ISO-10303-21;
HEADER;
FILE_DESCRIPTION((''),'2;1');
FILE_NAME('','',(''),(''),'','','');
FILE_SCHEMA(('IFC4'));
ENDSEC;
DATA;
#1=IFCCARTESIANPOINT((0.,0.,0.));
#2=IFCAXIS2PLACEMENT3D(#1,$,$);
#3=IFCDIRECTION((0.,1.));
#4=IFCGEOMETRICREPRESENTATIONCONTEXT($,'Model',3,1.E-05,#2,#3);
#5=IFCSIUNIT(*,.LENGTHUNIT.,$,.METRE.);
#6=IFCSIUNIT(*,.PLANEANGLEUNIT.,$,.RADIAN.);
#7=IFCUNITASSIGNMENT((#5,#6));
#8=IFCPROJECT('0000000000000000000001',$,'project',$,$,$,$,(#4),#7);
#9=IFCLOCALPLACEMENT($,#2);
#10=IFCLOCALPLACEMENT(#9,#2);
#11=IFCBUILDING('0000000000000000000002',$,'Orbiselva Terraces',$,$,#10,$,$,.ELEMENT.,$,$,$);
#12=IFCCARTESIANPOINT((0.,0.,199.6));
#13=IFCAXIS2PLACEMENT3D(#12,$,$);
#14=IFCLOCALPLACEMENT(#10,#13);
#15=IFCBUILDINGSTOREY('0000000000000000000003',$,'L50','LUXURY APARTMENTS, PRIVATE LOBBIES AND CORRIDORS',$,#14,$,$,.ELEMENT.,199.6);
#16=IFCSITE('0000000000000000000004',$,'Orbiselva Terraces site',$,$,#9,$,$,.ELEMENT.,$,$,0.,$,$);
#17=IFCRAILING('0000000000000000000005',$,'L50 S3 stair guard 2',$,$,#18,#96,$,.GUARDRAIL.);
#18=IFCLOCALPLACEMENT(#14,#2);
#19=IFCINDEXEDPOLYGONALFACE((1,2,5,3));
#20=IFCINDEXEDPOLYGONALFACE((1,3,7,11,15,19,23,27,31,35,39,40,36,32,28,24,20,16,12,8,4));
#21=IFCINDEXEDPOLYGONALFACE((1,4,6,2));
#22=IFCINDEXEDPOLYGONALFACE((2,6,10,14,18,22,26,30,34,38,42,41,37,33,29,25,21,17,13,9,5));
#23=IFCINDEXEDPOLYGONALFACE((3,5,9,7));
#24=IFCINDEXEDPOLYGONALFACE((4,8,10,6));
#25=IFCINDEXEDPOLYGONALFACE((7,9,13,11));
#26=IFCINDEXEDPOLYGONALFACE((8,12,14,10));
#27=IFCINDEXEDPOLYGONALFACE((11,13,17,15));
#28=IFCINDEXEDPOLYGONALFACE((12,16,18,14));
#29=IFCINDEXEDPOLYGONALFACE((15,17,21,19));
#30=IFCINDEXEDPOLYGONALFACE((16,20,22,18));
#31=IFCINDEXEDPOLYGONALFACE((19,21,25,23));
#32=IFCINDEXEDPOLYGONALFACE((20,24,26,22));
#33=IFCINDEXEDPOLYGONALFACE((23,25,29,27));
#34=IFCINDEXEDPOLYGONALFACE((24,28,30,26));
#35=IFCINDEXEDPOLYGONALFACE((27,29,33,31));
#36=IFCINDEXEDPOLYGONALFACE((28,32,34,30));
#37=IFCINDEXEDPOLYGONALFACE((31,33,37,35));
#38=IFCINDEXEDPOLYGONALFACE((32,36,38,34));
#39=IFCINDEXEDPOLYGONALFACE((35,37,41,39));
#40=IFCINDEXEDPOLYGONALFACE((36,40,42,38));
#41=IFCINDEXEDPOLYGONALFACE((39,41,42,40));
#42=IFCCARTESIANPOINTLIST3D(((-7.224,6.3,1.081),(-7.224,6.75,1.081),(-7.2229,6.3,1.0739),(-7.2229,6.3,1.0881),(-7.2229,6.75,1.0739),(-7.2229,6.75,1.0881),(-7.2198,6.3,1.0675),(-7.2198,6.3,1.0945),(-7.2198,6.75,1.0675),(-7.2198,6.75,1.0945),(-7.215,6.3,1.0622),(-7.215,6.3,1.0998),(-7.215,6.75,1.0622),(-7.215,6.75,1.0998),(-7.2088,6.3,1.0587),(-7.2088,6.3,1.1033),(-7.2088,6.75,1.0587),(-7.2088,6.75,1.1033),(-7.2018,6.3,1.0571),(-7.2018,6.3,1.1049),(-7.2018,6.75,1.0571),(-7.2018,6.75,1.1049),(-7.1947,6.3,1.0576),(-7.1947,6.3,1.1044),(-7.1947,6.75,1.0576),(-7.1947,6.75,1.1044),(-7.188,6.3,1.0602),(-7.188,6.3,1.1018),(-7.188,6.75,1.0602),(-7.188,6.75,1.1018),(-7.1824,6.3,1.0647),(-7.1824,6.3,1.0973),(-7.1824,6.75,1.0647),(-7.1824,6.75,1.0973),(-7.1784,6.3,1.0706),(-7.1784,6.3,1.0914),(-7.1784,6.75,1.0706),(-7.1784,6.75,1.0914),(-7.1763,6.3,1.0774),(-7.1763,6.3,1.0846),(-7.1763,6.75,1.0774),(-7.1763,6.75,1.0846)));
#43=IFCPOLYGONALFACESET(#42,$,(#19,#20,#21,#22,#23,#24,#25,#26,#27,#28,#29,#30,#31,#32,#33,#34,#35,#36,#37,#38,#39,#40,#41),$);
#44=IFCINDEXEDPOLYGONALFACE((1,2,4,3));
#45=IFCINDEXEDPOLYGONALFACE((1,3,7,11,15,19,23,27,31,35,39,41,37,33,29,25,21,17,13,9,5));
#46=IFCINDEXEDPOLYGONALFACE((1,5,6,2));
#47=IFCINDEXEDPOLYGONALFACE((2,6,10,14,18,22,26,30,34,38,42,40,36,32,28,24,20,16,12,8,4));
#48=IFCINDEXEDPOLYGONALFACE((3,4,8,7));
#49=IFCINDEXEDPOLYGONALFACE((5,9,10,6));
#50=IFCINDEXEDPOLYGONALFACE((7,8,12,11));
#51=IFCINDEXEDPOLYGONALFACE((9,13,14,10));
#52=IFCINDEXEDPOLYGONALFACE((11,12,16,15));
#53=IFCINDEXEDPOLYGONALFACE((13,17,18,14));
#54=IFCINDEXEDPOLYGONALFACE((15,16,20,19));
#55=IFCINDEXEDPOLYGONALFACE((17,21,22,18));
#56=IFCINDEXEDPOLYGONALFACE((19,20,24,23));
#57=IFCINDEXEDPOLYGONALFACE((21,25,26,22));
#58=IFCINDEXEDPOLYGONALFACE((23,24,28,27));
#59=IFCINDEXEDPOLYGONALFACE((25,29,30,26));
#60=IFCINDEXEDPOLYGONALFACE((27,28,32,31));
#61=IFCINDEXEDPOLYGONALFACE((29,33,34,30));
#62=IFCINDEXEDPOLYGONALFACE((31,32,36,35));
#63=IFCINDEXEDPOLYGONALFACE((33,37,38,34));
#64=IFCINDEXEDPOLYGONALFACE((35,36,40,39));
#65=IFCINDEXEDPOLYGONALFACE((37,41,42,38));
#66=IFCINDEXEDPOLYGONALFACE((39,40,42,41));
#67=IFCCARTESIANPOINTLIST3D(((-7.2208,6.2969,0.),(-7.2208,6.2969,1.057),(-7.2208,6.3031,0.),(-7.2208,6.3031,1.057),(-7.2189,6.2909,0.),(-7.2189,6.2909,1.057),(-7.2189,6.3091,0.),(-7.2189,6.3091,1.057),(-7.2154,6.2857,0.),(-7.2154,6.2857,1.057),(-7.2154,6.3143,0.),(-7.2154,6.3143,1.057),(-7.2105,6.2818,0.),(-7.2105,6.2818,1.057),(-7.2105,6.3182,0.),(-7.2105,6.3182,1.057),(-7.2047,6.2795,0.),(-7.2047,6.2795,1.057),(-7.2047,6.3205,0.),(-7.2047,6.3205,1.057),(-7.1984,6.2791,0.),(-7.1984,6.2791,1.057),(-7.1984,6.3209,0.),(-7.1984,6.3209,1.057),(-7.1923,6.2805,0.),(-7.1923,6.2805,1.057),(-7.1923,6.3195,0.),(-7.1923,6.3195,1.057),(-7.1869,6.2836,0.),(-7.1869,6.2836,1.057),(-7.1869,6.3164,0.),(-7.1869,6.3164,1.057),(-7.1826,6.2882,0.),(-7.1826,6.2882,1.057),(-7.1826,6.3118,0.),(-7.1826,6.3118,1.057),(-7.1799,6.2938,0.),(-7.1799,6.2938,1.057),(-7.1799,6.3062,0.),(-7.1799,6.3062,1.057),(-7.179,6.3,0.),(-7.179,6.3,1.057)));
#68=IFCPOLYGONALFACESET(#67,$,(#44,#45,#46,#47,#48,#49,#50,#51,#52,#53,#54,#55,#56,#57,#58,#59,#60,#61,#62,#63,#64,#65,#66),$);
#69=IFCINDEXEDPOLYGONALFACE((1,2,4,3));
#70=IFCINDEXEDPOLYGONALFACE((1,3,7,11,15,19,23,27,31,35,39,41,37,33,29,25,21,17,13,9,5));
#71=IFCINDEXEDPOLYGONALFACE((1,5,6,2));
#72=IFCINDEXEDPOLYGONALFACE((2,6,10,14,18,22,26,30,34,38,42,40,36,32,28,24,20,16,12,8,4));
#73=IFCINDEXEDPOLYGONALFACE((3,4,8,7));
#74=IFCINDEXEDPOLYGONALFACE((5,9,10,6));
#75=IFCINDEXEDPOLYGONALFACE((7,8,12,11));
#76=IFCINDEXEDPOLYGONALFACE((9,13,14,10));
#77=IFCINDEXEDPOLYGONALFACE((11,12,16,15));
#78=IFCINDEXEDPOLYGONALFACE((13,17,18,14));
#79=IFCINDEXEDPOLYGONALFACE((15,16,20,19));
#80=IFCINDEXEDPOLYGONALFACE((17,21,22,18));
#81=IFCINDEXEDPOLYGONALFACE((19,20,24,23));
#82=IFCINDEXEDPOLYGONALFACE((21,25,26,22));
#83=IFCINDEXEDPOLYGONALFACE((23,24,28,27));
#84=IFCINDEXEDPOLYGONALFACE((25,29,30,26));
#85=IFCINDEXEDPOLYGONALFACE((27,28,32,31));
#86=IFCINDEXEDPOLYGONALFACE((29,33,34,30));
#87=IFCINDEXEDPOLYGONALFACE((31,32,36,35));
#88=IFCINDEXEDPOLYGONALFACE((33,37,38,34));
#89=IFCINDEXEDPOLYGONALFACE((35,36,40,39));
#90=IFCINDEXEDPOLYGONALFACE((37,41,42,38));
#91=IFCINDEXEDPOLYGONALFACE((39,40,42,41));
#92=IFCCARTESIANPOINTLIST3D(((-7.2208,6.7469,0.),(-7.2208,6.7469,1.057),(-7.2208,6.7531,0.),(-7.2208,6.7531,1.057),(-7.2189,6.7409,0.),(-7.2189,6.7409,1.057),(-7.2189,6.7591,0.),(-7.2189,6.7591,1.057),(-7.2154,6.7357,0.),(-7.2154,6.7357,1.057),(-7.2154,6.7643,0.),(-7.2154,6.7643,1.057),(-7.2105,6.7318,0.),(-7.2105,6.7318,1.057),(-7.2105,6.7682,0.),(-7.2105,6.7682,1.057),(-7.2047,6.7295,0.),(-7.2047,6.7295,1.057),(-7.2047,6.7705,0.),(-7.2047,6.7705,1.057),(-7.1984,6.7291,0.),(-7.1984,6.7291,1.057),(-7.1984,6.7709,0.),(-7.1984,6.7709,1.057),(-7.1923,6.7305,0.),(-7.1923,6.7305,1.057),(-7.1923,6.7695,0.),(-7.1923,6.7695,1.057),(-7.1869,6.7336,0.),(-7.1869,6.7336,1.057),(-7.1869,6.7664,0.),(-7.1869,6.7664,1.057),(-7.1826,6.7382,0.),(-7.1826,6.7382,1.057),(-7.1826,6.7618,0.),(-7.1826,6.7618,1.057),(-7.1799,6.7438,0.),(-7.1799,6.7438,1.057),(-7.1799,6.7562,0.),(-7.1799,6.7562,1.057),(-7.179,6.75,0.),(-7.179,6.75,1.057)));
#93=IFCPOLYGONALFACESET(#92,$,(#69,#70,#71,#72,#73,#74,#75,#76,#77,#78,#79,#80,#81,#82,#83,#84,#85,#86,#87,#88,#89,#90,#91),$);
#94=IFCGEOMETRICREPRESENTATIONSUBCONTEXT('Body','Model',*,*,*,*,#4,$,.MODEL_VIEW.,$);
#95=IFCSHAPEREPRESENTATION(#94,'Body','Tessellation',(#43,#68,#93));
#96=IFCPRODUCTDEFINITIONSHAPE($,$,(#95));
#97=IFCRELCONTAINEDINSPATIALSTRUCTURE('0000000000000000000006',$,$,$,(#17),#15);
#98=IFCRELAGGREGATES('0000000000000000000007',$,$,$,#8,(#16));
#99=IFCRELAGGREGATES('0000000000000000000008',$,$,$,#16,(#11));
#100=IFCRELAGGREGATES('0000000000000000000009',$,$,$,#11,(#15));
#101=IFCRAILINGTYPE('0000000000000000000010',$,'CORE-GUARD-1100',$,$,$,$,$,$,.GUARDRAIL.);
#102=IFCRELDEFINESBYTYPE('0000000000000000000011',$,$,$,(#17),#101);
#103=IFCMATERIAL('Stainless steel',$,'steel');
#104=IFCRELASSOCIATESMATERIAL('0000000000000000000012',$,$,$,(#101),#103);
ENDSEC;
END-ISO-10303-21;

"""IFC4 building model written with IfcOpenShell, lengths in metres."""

from ifc_helpers import new_model, si_unit, direction, frame, origin, origin_2d, place, context, subcontext, project, spatial, circle, extrude, material, type_object, element, save


model = new_model("IFC4")

# Units and contexts
model_context = context("Model", 3, precision=1e-05, world=origin(), true_north=direction((0.0, 1.0)))
body_context = subcontext(model_context, "Body", "Model", "MODEL_VIEW")
ifc_project = project(units=[si_unit("LENGTHUNIT", "METRE"), si_unit("PLANEANGLEUNIT", "RADIAN")], contexts=[model_context])

# Site, building, storey
site_placement = place(None, origin())
site = spatial("IfcSite", under=ifc_project, at=site_placement, Name="Orbiselva Terraces site", CompositionType="ELEMENT", RefElevation=0.0)
building_placement = place(site_placement, origin())
building = spatial("IfcBuilding", under=site, at=building_placement, Name="Orbiselva Terraces", CompositionType="ELEMENT")
storey_placement = place(building_placement, frame((0.0, 0.0, 199.6)))
storey = spatial("IfcBuildingStorey", under=building, at=storey_placement, Name="L50", Description="LUXURY APARTMENTS, PRIVATE LOBBIES AND CORRIDORS", CompositionType="ELEMENT", Elevation=199.6)

# Railing
ifc_material_1 = material(Name="Stainless steel", Category="steel")
railing_type_1 = type_object("IfcRailingType", Name="CORE-GUARD-1100", PredefinedType="GUARDRAIL", material=ifc_material_1)
railing_1_placement = place(storey_placement, frame((-7.2, 6.3, 0.0)))
element("IfcRailing", 1, at=railing_1_placement, inside=storey, type_object=railing_type_1, Name="L50 S3 stair guard 2", PredefinedType="GUARDRAIL", context=body_context, shape_type="SweptSolid", body=[
    extrude(circle(Radius=0.024, at=origin_2d()), frame((0.0, 0.0, 1.081), z_axis=(0.0, 1.0, 0.0), x_axis=(-1.0, 0.0, 0.0)), (0.0, 0.0, 1.0), 0.45),
    extrude(circle(Radius=0.021, at=origin_2d()), origin(), (0.0, 0.0, 1.0), 1.057),
    extrude(circle(Radius=0.021, at=origin_2d()), frame((0.0, 0.45, 0.0)), (0.0, 0.0, 1.0), 1.057),
])

save(model, "model.ifc")
